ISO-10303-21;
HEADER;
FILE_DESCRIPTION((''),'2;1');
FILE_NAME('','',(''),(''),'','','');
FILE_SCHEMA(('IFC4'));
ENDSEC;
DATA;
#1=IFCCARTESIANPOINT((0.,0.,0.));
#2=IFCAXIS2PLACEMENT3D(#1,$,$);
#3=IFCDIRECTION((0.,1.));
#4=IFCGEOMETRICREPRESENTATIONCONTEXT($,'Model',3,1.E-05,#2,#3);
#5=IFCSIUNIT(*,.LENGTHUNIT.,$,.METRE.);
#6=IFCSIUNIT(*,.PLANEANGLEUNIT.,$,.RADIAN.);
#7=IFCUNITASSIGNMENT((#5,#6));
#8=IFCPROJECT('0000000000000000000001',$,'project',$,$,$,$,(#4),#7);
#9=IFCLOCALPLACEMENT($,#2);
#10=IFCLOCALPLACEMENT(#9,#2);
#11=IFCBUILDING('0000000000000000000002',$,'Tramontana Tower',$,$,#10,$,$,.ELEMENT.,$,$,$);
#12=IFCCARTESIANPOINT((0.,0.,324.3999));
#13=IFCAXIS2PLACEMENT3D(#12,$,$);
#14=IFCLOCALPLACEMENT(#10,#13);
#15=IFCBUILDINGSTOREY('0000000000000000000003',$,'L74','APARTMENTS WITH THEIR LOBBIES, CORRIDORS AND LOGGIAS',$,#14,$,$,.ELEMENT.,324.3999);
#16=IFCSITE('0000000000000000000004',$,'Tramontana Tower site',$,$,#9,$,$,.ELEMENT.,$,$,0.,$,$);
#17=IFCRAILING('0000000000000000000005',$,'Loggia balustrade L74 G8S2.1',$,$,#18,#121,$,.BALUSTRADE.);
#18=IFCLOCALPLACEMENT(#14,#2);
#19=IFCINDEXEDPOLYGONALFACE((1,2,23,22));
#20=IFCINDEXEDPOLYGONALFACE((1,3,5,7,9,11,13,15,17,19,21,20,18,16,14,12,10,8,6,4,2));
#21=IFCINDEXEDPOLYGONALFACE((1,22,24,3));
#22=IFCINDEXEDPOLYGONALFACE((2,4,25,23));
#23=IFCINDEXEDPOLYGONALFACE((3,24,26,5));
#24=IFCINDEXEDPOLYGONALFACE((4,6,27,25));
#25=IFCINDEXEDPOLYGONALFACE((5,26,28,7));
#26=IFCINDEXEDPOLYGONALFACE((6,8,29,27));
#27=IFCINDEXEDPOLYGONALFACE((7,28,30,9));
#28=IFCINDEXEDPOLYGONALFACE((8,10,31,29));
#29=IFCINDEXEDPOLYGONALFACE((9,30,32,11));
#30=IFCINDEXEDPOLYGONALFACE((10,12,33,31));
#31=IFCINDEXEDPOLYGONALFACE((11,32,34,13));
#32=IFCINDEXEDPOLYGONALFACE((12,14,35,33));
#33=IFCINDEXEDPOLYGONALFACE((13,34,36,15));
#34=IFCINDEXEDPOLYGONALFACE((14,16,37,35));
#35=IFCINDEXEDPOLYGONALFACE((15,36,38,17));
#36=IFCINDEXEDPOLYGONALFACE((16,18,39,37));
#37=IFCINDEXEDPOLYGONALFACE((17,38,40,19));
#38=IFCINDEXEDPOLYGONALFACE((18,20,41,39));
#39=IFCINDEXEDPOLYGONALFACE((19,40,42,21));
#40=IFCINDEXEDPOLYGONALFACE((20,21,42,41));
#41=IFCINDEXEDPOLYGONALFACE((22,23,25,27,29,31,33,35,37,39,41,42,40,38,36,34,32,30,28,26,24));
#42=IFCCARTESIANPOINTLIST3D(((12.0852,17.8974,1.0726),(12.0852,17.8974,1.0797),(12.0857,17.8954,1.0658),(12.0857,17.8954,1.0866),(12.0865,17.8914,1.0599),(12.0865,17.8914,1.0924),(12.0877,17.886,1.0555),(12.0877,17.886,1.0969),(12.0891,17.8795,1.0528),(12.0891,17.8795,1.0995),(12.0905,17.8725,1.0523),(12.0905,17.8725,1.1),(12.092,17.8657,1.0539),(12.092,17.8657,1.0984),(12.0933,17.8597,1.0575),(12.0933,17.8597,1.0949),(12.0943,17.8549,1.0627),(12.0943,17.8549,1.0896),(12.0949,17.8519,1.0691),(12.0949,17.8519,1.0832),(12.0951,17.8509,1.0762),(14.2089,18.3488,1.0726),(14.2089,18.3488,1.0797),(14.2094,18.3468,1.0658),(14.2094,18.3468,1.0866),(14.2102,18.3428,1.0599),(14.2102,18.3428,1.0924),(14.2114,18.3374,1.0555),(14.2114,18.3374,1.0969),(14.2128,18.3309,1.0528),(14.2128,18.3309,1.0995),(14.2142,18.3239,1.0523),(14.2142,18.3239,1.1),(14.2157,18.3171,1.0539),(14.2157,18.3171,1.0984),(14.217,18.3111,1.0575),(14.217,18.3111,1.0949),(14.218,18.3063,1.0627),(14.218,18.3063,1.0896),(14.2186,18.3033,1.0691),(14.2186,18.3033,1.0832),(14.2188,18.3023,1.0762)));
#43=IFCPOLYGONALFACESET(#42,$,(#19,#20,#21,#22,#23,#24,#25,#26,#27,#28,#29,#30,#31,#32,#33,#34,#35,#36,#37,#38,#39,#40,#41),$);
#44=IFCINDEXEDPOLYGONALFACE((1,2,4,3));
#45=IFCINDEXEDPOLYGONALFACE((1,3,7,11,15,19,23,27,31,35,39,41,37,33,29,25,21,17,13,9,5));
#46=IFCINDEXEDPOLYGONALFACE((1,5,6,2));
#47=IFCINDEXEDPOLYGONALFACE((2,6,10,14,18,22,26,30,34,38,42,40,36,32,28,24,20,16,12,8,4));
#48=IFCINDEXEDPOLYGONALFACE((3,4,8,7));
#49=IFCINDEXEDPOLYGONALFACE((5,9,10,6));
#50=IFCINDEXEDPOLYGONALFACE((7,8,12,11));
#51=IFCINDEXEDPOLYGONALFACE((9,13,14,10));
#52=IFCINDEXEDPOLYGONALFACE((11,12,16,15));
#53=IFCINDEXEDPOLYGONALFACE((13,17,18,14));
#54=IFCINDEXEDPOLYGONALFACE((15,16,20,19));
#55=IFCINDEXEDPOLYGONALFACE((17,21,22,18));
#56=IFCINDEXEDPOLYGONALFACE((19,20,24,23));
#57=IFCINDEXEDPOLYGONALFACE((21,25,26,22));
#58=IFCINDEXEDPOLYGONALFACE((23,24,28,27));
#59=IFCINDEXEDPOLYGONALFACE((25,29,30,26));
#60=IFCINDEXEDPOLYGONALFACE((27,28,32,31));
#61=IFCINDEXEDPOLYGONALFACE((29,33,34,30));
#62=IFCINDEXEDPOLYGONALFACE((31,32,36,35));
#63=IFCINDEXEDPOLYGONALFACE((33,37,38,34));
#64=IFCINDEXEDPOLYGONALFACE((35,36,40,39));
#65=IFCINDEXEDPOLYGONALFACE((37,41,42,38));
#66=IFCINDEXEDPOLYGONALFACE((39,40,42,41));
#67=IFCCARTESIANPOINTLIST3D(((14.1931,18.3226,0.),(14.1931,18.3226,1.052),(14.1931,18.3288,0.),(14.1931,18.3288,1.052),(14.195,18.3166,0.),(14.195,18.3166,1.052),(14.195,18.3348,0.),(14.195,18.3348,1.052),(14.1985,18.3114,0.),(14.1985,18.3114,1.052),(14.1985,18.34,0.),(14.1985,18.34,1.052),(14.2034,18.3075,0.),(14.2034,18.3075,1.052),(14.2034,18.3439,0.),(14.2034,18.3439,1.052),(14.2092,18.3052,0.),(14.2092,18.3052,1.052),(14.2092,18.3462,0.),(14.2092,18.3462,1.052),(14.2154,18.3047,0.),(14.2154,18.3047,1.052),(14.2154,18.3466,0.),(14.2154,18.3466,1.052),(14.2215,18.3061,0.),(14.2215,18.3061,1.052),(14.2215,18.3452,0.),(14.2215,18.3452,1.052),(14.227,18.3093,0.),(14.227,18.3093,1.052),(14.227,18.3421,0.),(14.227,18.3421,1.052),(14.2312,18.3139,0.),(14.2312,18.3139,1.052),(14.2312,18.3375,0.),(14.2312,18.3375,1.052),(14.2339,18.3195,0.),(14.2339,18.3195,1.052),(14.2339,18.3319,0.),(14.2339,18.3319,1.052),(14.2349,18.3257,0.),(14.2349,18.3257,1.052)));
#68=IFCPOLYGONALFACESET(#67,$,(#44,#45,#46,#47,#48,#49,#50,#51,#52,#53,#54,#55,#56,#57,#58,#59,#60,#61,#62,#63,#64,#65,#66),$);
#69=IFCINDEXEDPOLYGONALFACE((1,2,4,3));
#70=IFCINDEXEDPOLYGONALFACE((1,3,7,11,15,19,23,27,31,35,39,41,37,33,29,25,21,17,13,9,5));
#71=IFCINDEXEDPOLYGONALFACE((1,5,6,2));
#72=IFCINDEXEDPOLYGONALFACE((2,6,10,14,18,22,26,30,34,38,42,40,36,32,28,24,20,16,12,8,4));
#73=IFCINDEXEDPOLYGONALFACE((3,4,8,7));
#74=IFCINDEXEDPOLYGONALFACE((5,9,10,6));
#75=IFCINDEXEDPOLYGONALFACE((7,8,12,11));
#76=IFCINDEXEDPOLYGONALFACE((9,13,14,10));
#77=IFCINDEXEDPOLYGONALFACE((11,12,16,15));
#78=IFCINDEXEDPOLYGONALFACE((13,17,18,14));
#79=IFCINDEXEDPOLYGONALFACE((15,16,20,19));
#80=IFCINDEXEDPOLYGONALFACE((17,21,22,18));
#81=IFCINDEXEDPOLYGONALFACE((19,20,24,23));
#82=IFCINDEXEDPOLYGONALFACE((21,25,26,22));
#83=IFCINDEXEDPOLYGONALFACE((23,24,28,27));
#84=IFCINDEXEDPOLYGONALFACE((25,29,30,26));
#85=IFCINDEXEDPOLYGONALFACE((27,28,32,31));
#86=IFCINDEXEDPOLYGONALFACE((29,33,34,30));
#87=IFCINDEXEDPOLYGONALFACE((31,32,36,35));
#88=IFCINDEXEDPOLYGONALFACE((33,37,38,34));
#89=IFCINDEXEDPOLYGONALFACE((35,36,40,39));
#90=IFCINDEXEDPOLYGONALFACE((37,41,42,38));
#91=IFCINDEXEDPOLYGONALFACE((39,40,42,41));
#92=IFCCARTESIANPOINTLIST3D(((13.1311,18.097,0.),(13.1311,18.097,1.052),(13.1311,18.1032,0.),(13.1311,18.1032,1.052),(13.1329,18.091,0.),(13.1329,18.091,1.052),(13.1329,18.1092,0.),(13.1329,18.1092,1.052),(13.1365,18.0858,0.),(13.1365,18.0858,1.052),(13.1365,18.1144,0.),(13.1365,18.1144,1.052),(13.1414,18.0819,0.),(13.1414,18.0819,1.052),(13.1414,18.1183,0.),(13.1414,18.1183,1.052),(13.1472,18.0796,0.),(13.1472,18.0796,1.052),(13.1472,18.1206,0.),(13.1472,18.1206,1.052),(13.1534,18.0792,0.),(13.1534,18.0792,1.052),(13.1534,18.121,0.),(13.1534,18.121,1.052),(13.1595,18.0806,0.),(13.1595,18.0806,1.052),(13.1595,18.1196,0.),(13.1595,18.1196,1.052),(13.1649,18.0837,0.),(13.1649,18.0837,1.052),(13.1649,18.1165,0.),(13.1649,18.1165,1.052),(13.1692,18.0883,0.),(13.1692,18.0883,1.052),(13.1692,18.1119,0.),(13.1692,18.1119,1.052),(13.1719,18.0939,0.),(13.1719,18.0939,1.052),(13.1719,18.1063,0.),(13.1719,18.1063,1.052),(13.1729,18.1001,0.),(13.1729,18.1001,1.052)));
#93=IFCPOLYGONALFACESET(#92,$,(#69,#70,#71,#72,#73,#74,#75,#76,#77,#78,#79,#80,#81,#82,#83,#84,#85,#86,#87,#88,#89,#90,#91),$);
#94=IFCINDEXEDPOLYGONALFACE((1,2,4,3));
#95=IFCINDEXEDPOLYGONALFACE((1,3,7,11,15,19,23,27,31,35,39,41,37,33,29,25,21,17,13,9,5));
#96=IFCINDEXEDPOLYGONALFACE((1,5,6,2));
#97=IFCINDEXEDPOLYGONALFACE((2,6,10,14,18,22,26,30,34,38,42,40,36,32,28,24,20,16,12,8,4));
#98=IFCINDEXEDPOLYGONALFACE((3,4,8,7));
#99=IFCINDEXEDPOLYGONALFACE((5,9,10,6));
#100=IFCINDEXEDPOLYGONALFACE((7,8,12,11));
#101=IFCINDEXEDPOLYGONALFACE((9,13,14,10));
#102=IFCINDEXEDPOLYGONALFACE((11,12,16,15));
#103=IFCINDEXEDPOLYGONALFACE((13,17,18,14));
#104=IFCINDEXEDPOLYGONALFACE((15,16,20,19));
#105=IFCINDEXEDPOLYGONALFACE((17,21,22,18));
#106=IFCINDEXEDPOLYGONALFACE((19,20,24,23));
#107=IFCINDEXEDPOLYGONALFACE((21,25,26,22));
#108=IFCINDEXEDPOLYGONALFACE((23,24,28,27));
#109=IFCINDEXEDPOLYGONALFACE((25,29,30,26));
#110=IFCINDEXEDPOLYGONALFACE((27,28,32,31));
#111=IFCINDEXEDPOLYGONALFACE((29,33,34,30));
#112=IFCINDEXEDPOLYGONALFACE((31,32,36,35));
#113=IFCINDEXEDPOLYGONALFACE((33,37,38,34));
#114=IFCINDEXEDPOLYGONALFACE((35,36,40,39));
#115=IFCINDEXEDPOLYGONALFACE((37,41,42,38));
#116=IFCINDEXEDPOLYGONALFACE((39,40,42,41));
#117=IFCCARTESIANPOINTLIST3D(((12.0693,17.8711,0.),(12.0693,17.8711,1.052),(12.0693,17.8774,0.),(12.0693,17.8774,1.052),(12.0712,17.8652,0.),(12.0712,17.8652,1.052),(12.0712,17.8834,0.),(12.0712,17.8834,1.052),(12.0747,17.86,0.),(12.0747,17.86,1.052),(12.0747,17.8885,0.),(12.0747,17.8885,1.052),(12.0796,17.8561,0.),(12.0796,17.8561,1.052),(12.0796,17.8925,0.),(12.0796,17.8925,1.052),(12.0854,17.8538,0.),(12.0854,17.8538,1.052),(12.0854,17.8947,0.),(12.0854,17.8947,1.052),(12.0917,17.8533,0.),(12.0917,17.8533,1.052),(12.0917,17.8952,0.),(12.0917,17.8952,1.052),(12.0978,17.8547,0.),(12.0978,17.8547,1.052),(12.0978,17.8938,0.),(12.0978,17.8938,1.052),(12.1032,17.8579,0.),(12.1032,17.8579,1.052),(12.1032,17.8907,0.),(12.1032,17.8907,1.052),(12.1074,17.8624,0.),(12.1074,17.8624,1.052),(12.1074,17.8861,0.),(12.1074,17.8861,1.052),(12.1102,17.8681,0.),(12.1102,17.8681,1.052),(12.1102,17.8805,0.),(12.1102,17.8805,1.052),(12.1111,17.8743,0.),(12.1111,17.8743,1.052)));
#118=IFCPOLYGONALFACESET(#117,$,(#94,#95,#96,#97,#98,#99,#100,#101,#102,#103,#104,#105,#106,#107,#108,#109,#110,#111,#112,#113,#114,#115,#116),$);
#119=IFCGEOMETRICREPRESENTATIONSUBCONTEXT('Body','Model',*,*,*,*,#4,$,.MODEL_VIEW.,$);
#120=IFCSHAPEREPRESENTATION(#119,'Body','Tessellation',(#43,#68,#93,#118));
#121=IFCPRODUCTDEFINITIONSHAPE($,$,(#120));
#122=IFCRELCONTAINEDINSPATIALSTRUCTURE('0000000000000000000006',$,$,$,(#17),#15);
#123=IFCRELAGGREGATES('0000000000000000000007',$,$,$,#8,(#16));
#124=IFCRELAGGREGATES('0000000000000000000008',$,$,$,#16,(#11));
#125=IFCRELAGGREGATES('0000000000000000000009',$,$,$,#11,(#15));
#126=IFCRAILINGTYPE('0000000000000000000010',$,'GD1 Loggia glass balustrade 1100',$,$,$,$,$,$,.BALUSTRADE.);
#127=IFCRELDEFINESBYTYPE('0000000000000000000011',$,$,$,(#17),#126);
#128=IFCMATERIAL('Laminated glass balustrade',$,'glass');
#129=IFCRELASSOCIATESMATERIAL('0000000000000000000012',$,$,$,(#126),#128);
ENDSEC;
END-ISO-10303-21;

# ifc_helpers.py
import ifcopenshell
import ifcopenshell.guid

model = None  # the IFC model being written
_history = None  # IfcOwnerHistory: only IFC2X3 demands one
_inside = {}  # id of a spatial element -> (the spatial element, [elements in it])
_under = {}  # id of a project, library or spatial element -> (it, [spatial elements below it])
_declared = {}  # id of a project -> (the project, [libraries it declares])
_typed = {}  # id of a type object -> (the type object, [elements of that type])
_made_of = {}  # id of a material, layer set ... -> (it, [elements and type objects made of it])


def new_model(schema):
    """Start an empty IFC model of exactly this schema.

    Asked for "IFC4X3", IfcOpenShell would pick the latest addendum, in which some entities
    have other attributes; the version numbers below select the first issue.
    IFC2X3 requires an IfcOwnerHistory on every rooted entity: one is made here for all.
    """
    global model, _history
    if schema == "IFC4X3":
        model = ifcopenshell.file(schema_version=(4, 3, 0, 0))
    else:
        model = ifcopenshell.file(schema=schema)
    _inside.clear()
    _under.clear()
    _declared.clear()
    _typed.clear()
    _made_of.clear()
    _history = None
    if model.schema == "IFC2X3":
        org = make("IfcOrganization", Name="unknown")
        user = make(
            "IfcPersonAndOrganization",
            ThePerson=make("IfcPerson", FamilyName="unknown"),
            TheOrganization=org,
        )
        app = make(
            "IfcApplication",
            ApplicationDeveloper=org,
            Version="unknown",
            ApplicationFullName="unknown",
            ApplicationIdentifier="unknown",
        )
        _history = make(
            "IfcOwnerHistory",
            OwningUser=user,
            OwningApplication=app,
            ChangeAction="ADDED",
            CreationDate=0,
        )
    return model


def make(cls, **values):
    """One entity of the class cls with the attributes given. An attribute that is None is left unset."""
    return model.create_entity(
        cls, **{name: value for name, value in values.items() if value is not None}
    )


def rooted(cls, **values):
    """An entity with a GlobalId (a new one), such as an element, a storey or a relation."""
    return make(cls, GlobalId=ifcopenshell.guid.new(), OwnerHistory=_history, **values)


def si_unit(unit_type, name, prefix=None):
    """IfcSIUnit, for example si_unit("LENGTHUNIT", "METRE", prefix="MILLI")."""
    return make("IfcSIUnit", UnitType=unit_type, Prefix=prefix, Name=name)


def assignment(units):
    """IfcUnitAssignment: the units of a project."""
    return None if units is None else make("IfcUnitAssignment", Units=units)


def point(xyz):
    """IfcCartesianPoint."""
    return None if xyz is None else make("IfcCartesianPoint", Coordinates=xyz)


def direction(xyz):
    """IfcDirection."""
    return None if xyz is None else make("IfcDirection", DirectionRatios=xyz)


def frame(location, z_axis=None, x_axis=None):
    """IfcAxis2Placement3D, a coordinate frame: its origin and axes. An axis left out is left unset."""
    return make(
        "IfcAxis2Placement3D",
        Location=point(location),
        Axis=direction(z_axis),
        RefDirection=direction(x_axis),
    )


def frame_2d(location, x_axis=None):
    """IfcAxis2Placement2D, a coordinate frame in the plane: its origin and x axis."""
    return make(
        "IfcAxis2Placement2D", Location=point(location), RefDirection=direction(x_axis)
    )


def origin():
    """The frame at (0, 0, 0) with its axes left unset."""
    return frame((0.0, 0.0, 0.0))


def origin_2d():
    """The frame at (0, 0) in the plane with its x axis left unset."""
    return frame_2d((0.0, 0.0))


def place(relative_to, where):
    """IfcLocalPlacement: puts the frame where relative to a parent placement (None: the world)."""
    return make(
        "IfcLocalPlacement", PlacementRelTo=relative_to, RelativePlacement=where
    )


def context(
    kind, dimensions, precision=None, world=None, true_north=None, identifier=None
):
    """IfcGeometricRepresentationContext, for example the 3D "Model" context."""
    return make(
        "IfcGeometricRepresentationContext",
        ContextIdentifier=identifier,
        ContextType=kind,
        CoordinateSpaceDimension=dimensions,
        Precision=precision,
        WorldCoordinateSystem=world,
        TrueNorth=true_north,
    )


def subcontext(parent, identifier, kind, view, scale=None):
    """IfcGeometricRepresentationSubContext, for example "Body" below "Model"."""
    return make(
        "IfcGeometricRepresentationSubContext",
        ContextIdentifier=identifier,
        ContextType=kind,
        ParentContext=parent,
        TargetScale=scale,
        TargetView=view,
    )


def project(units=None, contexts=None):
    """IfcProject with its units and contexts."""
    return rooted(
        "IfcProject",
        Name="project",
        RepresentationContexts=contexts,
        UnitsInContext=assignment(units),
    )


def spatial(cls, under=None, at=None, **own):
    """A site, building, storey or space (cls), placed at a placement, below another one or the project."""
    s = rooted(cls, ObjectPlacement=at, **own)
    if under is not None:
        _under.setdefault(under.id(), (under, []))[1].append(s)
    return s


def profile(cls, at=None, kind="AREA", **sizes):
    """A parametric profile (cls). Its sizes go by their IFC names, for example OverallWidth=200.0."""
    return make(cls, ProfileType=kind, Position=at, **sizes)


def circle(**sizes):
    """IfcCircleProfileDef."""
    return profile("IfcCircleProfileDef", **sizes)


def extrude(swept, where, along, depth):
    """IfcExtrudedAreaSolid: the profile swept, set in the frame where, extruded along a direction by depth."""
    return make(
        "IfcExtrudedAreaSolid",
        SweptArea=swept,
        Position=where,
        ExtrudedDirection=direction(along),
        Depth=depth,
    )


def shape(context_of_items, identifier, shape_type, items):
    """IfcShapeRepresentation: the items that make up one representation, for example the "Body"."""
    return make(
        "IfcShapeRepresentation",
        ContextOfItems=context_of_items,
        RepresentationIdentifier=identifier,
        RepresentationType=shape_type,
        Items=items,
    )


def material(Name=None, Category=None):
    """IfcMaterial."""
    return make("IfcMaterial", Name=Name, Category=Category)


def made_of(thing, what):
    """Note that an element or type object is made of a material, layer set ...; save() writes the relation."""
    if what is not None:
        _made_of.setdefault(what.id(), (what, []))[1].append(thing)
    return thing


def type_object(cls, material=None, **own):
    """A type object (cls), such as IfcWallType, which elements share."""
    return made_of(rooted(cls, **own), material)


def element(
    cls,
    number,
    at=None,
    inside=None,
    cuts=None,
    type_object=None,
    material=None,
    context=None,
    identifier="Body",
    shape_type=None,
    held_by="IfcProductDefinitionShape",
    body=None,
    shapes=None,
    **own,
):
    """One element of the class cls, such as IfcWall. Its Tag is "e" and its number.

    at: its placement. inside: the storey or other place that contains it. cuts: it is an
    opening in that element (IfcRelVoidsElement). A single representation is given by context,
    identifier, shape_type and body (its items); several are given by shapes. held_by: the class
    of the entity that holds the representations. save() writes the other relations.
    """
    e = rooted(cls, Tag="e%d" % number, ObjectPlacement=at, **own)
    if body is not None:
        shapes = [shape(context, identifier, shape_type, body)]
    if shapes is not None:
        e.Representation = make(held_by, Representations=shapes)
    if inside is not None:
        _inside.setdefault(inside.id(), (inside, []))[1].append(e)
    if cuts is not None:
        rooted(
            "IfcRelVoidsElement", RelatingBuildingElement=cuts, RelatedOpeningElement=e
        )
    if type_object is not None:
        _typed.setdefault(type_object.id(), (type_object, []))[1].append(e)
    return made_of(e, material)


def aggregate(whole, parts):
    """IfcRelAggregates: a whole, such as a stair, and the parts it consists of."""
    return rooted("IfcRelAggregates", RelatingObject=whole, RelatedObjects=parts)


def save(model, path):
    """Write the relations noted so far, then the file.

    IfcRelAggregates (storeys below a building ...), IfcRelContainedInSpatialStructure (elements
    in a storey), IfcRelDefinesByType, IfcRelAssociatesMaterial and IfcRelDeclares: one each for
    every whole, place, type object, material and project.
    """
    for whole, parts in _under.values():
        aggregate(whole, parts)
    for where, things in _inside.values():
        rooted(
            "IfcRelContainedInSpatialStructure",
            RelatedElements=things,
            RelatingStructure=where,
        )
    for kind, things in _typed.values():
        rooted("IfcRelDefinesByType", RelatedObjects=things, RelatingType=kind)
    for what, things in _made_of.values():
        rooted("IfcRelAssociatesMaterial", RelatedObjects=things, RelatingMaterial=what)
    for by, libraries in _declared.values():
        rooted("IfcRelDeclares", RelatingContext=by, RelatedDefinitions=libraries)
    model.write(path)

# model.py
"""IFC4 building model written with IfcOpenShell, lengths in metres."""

from ifc_helpers import new_model, si_unit, direction, frame, origin, origin_2d, place, context, subcontext, project, spatial, circle, extrude, material, type_object, element, save


model = new_model("IFC4")

# Units and contexts
model_context = context("Model", 3, precision=1e-05, world=origin(), true_north=direction((0.0, 1.0)))
body_context = subcontext(model_context, "Body", "Model", "MODEL_VIEW")
ifc_project = project(units=[si_unit("LENGTHUNIT", "METRE"), si_unit("PLANEANGLEUNIT", "RADIAN")], contexts=[model_context])

# Site, building, storey
site_placement = place(None, origin())
site = spatial("IfcSite", under=ifc_project, at=site_placement, Name="Tramontana Tower site", CompositionType="ELEMENT", RefElevation=0.0)
building_placement = place(site_placement, origin())
building = spatial("IfcBuilding", under=site, at=building_placement, Name="Tramontana Tower", CompositionType="ELEMENT")
storey_placement = place(building_placement, frame((0.0, 0.0, 324.3999)))
storey = spatial("IfcBuildingStorey", under=building, at=storey_placement, Name="L74", Description="APARTMENTS WITH THEIR LOBBIES, CORRIDORS AND LOGGIAS", CompositionType="ELEMENT", Elevation=324.3999)

# Railing
ifc_material_1 = material(Name="Laminated glass balustrade", Category="glass")
railing_type = type_object("IfcRailingType", Name="GD1 Loggia glass balustrade 1100", PredefinedType="BALUSTRADE", material=ifc_material_1)
railing_1_placement = place(storey_placement, frame((14.2139, 18.3257, 0.0)))
element("IfcRailing", 1, at=railing_1_placement, inside=storey, type_object=railing_type, Name="Loggia balustrade L74 G8S2.1", PredefinedType="BALUSTRADE", context=body_context, shape_type="SweptSolid", body=[
    extrude(circle(Radius=0.0239, at=origin_2d()), frame((0.0, 0.0, 1.0762), z_axis=(-0.978148, -0.207909, 0.0), x_axis=(0.207909, -0.978148, 0.0)), (0.0, 0.0, 1.0), 2.1711),
    extrude(circle(Radius=0.021, at=origin_2d()), origin(), (0.0, 0.0, 1.0), 1.052),
    extrude(circle(Radius=0.021, at=origin_2d()), frame((-1.062, -0.2256, 0.0)), (0.0, 0.0, 1.0), 1.052),
    extrude(circle(Radius=0.021, at=origin_2d()), frame((-2.1238, -0.4514, 0.0)), (0.0, 0.0, 1.0), 1.052),
])

save(model, "model.ifc")
